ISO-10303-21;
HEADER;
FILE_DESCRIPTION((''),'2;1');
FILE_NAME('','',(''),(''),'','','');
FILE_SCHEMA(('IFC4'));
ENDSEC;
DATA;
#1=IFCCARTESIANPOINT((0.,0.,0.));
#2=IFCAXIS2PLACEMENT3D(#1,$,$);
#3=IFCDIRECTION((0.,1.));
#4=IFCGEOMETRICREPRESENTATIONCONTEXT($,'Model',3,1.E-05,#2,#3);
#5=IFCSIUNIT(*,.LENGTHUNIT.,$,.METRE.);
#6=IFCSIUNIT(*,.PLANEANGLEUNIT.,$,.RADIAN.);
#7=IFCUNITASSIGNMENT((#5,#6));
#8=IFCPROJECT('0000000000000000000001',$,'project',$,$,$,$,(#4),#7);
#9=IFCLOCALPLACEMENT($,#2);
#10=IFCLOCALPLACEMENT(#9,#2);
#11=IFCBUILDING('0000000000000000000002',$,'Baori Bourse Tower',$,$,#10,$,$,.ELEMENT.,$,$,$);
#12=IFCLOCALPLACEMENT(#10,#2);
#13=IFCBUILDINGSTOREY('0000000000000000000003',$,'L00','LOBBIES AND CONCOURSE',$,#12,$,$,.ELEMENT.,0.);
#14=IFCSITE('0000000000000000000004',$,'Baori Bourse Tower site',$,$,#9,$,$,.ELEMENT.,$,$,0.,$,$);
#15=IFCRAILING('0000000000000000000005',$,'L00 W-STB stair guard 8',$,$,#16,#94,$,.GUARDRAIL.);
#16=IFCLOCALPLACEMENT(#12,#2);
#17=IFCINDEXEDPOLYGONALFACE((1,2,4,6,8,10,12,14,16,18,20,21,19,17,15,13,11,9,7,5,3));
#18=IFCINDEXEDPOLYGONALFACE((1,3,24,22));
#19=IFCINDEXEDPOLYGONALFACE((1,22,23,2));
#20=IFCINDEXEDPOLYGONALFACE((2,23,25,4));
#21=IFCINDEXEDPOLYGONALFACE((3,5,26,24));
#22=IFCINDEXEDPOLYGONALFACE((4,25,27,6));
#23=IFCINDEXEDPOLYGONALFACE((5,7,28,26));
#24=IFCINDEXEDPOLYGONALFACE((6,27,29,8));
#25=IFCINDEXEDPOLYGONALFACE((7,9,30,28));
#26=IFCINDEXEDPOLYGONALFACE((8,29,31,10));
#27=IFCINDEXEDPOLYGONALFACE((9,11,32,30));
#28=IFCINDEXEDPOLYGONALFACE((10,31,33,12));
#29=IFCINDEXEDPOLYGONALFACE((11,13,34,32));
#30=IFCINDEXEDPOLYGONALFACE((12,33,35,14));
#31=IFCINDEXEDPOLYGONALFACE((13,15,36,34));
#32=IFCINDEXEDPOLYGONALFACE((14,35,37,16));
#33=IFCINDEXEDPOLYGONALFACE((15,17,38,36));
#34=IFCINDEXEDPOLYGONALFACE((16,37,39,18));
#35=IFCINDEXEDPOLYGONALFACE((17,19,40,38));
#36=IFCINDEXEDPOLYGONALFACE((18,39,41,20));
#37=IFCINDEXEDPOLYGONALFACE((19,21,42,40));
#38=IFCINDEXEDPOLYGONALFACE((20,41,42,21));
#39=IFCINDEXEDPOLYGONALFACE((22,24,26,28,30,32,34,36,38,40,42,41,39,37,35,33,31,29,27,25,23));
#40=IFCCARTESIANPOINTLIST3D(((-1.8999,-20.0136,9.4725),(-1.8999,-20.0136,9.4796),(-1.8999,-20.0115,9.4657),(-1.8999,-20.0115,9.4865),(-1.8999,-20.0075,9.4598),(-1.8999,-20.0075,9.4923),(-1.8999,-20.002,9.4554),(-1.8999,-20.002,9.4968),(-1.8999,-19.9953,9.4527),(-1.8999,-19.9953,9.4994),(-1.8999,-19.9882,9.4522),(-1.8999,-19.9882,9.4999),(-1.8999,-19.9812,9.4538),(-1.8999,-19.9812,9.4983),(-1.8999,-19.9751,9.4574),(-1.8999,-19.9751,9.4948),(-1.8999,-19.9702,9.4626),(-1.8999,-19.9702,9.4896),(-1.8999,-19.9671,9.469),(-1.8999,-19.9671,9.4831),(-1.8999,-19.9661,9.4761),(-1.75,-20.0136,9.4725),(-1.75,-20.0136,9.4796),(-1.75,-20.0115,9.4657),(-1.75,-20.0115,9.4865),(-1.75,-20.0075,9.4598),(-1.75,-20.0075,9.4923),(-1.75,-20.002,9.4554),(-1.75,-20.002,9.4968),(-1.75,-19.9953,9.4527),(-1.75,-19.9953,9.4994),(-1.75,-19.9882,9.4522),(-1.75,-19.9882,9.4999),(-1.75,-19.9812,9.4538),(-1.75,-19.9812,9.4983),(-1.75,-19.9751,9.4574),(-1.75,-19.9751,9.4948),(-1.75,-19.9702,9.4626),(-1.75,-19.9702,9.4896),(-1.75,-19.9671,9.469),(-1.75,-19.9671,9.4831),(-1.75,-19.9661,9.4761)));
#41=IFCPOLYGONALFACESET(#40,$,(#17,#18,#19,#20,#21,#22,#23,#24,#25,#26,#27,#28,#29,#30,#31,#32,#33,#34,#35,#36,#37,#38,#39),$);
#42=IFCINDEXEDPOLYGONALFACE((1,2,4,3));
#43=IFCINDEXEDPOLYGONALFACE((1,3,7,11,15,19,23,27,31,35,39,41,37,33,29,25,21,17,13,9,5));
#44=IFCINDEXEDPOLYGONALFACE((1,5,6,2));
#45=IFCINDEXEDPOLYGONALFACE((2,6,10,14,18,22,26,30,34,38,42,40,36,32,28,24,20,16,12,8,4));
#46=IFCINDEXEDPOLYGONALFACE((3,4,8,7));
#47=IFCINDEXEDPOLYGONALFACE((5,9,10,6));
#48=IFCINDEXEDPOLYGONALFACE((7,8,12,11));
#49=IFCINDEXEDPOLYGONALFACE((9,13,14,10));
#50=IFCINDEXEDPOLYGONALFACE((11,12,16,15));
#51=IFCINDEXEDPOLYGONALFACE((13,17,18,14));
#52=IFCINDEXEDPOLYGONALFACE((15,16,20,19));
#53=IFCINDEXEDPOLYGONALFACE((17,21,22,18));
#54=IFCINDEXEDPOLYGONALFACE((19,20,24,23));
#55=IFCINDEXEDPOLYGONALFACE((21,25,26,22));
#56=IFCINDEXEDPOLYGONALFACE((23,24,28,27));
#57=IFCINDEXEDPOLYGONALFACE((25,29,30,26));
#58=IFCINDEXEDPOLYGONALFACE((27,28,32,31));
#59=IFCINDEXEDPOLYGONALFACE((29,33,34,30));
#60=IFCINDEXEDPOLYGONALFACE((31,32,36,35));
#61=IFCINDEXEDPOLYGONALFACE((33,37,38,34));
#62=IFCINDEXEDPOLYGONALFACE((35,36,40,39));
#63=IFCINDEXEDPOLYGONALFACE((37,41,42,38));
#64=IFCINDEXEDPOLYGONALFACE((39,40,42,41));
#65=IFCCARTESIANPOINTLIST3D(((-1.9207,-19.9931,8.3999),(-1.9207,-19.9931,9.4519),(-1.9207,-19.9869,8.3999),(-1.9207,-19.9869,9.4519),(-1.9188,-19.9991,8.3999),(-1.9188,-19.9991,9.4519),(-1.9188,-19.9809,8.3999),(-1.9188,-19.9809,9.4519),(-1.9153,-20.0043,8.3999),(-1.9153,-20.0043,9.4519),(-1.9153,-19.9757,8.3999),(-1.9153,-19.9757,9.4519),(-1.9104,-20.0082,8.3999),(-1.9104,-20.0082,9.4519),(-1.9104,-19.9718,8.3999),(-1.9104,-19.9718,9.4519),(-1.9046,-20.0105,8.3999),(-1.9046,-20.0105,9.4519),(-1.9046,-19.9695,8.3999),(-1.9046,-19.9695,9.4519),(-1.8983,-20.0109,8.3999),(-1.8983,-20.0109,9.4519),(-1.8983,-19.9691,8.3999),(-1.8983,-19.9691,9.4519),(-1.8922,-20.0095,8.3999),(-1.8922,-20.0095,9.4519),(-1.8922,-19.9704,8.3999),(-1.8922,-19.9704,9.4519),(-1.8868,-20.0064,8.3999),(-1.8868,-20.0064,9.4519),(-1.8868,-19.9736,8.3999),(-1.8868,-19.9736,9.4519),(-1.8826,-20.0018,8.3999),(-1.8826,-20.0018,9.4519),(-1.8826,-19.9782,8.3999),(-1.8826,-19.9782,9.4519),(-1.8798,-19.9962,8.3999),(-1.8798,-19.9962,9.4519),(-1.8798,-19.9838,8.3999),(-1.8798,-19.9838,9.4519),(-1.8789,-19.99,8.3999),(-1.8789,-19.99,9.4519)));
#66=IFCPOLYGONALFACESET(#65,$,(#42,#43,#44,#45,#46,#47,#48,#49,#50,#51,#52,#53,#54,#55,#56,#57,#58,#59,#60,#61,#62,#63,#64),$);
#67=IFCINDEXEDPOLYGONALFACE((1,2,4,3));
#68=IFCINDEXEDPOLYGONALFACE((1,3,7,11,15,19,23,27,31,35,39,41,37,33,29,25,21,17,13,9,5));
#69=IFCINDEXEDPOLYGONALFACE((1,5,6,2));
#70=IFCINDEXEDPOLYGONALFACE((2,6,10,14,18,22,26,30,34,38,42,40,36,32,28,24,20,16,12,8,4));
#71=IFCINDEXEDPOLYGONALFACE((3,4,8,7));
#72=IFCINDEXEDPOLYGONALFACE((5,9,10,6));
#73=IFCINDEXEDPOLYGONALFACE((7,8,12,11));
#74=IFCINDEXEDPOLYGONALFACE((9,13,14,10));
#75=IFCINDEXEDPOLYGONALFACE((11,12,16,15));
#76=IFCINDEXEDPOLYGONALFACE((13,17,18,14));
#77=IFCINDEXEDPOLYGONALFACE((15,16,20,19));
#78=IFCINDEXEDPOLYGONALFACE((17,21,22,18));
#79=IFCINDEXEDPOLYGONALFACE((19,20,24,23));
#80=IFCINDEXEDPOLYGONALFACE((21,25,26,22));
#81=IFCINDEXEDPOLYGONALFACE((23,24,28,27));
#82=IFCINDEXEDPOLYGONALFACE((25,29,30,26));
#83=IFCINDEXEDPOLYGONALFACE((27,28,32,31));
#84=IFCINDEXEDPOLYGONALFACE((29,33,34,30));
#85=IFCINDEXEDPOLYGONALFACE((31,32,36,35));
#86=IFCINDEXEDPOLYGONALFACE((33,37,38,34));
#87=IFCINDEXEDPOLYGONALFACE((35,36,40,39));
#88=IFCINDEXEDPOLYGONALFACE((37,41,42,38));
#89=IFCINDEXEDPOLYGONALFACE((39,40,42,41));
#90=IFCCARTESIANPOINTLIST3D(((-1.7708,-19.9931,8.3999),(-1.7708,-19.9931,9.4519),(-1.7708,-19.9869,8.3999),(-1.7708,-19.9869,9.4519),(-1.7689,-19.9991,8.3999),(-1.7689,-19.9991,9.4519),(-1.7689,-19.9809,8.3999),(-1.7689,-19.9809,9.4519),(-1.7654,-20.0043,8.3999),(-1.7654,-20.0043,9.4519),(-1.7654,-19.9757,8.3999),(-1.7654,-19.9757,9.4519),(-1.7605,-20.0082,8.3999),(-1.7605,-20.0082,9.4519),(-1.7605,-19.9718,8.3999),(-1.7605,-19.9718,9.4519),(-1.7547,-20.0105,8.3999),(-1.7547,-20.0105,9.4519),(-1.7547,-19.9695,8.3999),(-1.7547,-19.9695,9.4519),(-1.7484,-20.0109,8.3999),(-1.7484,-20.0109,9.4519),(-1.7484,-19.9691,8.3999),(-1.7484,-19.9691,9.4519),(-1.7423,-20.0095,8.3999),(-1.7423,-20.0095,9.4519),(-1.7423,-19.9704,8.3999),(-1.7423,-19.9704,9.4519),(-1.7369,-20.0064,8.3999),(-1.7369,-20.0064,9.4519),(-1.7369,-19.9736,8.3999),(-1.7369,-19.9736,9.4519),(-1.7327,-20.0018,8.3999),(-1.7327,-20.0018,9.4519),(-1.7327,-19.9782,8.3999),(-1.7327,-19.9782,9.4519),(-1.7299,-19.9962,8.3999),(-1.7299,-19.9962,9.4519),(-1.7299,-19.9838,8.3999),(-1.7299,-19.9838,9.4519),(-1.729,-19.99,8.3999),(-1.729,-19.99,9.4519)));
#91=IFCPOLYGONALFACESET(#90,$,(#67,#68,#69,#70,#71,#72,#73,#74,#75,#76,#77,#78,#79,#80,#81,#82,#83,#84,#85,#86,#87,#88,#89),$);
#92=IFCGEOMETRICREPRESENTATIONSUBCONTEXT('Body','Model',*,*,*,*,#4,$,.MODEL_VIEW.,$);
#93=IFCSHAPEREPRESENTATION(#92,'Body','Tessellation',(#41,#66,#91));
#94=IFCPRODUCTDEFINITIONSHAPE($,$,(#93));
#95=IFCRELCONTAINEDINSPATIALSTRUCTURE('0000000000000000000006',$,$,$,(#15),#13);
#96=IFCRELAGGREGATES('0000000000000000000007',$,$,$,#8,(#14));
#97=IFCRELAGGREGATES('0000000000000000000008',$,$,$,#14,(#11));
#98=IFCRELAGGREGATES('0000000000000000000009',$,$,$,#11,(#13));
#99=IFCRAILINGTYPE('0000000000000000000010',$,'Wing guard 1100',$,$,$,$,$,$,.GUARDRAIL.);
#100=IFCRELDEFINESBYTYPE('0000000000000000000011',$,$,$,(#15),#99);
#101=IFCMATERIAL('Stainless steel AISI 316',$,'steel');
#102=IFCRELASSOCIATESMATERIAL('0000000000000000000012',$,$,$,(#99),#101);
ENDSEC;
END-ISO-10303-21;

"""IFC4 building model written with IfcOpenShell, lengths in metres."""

from ifc_helpers import new_model, si_unit, direction, frame, origin, origin_2d, place, context, subcontext, project, spatial, circle, extrude, material, type_object, element, save


model = new_model("IFC4")

# Units and contexts
model_context = context("Model", 3, precision=1e-05, world=origin(), true_north=direction((0.0, 1.0)))
body_context = subcontext(model_context, "Body", "Model", "MODEL_VIEW")
ifc_project = project(units=[si_unit("LENGTHUNIT", "METRE"), si_unit("PLANEANGLEUNIT", "RADIAN")], contexts=[model_context])

# Site, building, storey
site_placement = place(None, origin())
site = spatial("IfcSite", under=ifc_project, at=site_placement, Name="Baori Bourse Tower site", CompositionType="ELEMENT", RefElevation=0.0)
building_placement = place(site_placement, origin())
building = spatial("IfcBuilding", under=site, at=building_placement, Name="Baori Bourse Tower", CompositionType="ELEMENT")
storey_placement = place(building_placement, origin())
storey = spatial("IfcBuildingStorey", under=building, at=storey_placement, Name="L00", Description="LOBBIES AND CONCOURSE", CompositionType="ELEMENT", Elevation=0.0)

# Railing
ifc_material_1 = material(Name="Stainless steel AISI 316", Category="steel")
railing_type_1 = type_object("IfcRailingType", Name="Wing guard 1100", PredefinedType="GUARDRAIL", material=ifc_material_1)
railing_1_placement = place(storey_placement, frame((-1.8999, -19.99, 8.3999)))
element("IfcRailing", 1, at=railing_1_placement, inside=storey, type_object=railing_type_1, Name="L00 W-STB stair guard 8", PredefinedType="GUARDRAIL", context=body_context, shape_type="SweptSolid", body=[
    extrude(circle(Radius=0.0239, at=origin_2d()), frame((0.0, 0.0, 1.0762), z_axis=(1.0, 0.0, 0.0), x_axis=(0.0, 1.0, 0.0)), (0.0, 0.0, 1.0), 0.1499),
    extrude(circle(Radius=0.021, at=origin_2d()), origin(), (0.0, 0.0, 1.0), 1.052),
    extrude(circle(Radius=0.021, at=origin_2d()), frame((0.1499, 0.0, 0.0)), (0.0, 0.0, 1.0), 1.052),
])

save(model, "model.ifc")
